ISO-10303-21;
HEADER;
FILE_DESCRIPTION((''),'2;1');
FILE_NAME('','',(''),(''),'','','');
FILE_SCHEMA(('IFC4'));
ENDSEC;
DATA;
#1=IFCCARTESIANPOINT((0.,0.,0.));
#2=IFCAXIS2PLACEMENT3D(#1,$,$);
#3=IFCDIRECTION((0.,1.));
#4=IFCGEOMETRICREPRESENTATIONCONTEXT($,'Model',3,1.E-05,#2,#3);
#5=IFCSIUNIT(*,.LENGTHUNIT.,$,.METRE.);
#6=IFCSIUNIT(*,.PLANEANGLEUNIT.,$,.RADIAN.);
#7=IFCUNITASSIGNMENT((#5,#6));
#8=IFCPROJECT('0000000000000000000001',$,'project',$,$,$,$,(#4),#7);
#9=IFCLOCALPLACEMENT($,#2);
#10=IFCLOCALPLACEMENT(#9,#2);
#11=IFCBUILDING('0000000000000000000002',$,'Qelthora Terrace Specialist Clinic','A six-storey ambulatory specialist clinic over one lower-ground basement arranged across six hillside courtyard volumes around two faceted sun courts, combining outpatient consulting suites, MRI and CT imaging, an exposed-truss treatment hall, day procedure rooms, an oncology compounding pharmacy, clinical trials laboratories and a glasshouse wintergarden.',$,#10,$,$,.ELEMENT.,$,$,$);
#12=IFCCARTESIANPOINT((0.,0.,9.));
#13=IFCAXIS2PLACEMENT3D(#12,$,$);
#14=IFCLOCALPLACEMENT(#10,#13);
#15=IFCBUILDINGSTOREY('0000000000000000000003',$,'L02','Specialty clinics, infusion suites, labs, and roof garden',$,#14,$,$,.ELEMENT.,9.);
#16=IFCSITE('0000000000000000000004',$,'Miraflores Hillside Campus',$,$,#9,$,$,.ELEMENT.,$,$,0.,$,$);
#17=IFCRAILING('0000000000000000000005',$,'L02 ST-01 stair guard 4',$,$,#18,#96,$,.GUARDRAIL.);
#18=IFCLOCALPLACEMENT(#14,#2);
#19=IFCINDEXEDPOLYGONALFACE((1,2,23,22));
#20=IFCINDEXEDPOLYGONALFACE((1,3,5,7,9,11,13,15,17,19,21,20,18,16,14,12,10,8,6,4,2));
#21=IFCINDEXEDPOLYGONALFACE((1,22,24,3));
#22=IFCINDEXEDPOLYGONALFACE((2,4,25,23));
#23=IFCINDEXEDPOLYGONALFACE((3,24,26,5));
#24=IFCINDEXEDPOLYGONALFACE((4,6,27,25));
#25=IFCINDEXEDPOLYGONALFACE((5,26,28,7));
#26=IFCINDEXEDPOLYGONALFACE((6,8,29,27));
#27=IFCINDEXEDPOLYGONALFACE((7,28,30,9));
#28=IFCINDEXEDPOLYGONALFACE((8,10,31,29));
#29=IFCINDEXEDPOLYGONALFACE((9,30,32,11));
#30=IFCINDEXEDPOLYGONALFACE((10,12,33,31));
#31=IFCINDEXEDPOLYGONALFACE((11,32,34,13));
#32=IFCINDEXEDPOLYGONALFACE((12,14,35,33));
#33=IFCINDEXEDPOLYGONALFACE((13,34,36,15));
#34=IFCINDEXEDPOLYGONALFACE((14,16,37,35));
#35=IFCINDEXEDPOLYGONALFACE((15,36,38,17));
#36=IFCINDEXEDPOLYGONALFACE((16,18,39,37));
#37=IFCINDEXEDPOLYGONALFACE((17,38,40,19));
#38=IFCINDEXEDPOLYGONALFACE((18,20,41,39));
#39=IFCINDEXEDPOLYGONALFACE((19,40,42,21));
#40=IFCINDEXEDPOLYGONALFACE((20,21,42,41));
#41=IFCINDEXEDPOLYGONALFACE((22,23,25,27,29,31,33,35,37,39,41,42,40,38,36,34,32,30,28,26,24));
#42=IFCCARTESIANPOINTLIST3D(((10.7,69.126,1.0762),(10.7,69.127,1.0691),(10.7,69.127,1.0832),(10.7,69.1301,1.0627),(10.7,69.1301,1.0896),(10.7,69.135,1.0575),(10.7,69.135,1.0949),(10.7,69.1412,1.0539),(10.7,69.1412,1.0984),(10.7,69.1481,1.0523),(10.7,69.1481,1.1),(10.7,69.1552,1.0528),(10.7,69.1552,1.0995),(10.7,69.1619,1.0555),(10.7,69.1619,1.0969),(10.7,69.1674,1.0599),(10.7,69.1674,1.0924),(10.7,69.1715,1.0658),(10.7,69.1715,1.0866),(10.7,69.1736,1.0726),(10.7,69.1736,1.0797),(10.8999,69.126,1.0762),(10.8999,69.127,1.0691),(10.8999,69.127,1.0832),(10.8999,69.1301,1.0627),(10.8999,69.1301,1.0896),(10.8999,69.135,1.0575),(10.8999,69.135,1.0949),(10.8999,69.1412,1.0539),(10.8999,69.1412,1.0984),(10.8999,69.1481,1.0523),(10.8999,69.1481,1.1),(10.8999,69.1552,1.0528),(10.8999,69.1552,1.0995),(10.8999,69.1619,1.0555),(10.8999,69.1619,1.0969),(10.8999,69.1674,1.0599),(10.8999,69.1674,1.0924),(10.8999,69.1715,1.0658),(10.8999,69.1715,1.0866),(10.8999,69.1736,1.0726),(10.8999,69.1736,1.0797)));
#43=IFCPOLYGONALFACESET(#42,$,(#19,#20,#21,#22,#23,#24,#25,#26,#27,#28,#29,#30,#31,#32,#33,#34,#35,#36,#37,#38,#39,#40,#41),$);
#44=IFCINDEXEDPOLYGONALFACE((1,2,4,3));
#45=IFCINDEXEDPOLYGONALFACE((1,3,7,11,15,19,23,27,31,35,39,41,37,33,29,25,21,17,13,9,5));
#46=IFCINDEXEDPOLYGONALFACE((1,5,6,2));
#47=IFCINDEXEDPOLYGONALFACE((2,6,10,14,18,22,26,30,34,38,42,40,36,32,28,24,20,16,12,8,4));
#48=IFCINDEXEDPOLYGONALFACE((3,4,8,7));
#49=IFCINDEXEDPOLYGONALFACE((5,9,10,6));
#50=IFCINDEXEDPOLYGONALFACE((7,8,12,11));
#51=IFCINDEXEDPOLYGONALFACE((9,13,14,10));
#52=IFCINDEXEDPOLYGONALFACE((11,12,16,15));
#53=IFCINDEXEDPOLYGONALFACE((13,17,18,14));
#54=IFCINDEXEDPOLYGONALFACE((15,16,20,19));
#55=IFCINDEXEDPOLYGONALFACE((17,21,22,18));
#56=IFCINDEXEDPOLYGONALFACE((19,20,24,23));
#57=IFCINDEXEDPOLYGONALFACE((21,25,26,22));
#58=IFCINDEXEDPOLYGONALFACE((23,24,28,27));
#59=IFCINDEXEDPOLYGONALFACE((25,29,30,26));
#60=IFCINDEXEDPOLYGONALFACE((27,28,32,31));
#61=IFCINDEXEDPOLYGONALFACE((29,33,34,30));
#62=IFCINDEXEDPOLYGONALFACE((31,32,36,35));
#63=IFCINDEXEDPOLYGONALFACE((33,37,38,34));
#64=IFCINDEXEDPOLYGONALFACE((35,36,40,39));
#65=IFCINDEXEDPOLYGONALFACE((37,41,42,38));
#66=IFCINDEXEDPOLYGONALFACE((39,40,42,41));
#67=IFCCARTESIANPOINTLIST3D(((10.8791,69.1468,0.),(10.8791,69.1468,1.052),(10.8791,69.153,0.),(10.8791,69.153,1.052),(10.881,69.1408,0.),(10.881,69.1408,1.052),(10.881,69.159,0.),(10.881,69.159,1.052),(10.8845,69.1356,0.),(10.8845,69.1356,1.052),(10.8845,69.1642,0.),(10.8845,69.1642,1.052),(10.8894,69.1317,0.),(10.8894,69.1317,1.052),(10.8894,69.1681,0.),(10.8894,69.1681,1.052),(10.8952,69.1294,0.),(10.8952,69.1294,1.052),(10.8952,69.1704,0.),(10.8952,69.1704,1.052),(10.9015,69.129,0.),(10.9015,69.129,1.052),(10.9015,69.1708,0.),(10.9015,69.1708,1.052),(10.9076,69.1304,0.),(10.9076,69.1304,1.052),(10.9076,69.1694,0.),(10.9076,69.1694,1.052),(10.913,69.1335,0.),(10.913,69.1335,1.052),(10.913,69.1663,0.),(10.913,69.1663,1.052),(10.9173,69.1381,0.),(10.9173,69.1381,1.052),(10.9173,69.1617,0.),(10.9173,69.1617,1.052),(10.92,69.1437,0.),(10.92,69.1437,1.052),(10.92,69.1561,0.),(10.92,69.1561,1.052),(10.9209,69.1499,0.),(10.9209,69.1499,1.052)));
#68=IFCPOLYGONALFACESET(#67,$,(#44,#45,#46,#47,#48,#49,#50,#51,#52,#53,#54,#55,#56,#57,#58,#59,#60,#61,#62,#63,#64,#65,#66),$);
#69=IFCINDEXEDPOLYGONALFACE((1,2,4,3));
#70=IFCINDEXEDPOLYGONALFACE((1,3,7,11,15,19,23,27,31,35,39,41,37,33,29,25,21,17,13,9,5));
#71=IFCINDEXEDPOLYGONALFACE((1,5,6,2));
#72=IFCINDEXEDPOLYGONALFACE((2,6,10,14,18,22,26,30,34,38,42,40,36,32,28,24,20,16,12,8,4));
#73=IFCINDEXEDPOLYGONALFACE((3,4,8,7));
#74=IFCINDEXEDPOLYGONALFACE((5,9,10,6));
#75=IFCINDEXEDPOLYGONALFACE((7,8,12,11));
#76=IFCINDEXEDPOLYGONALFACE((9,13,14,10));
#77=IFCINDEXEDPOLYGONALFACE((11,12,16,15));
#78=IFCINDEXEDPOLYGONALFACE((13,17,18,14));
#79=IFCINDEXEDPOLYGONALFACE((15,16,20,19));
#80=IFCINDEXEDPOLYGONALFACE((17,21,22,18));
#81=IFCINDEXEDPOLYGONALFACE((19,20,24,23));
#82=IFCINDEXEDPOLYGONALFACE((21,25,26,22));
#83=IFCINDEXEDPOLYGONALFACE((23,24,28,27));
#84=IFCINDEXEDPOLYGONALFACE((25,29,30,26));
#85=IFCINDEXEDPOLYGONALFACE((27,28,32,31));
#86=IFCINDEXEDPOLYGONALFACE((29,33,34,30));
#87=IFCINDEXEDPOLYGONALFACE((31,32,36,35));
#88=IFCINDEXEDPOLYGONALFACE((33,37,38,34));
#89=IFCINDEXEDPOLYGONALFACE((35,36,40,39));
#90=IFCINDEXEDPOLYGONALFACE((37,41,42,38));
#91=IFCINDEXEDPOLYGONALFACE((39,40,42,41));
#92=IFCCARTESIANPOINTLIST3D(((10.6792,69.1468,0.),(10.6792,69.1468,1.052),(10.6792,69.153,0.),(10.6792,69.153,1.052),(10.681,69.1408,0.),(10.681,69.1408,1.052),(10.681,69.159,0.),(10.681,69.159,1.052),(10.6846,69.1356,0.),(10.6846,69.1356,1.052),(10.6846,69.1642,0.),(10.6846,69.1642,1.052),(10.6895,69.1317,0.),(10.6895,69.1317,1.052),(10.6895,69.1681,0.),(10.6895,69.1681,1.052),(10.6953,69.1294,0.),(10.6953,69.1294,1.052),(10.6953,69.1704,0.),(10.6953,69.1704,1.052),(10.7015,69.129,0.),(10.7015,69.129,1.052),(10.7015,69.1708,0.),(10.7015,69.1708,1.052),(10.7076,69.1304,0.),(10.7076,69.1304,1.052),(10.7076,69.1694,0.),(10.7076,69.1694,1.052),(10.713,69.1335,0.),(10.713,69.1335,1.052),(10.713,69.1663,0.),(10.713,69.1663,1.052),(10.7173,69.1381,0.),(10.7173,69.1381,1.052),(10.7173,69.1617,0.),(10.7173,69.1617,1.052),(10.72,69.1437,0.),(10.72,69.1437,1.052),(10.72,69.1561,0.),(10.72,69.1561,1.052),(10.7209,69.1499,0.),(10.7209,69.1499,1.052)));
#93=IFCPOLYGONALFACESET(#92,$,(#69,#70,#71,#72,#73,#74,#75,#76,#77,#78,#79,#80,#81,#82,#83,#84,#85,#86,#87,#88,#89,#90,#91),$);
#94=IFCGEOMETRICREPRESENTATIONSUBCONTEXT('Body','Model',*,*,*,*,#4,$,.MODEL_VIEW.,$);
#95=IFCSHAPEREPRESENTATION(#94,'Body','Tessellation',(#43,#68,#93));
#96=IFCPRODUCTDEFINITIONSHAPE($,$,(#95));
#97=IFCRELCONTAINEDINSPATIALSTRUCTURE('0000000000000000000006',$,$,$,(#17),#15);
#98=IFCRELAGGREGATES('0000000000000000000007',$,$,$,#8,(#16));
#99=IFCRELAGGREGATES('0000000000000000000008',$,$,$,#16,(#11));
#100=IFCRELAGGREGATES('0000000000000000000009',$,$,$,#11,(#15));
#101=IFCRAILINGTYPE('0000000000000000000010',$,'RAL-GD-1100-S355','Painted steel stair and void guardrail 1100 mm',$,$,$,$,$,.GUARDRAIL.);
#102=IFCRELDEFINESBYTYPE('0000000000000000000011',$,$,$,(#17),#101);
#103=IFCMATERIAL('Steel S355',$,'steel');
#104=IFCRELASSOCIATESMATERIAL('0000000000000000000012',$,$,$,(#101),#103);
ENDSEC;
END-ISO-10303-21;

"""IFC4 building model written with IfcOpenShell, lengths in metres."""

from ifc_helpers import new_model, si_unit, direction, frame, origin, origin_2d, place, context, subcontext, project, spatial, circle, extrude, material, type_object, element, save


model = new_model("IFC4")

# Units and contexts
model_context = context("Model", 3, precision=1e-05, world=origin(), true_north=direction((0.0, 1.0)))
body_context = subcontext(model_context, "Body", "Model", "MODEL_VIEW")
ifc_project = project(units=[si_unit("LENGTHUNIT", "METRE"), si_unit("PLANEANGLEUNIT", "RADIAN")], contexts=[model_context])

# Site, building, storey
site_placement = place(None, origin())
site = spatial("IfcSite", under=ifc_project, at=site_placement, Name="Miraflores Hillside Campus", CompositionType="ELEMENT", RefElevation=0.0)
building_placement = place(site_placement, origin())
building = spatial("IfcBuilding", under=site, at=building_placement, Name="Qelthora Terrace Specialist Clinic", Description="A six-storey ambulatory specialist clinic over one lower-ground basement arranged across six hillside courtyard volumes around two faceted sun courts, combining outpatient consulting suites, MRI and CT imaging, an exposed-truss treatment hall, day procedure rooms, an oncology compounding pharmacy, clinical trials laboratories and a glasshouse wintergarden.", CompositionType="ELEMENT")
storey_placement = place(building_placement, frame((0.0, 0.0, 9.0)))
storey = spatial("IfcBuildingStorey", under=building, at=storey_placement, Name="L02", Description="Specialty clinics, infusion suites, labs, and roof garden", CompositionType="ELEMENT", Elevation=9.0)

# Shared definitions
ifc_material_1 = material(Name="Steel S355", Category="steel")

# Railing
railing_type_1 = type_object("IfcRailingType", Name="RAL-GD-1100-S355", Description="Painted steel stair and void guardrail 1100 mm", PredefinedType="GUARDRAIL", material=ifc_material_1)
railing_1_placement = place(storey_placement, frame((10.8999, 69.1499, 0.0)))
element("IfcRailing", 1, at=railing_1_placement, inside=storey, type_object=railing_type_1, Name="L02 ST-01 stair guard 4", PredefinedType="GUARDRAIL", context=body_context, shape_type="SweptSolid", body=[
    extrude(circle(Radius=0.0239, at=origin_2d()), frame((0.0, 0.0, 1.0762), z_axis=(-1.0, 0.0, 0.0), x_axis=(0.0, -1.0, 0.0)), (0.0, 0.0, 1.0), 0.2),
    extrude(circle(Radius=0.021, at=origin_2d()), origin(), (0.0, 0.0, 1.0), 1.052),
    extrude(circle(Radius=0.021, at=origin_2d()), frame((-0.2, 0.0, 0.0)), (0.0, 0.0, 1.0), 1.052),
])

save(model, "model.ifc")
